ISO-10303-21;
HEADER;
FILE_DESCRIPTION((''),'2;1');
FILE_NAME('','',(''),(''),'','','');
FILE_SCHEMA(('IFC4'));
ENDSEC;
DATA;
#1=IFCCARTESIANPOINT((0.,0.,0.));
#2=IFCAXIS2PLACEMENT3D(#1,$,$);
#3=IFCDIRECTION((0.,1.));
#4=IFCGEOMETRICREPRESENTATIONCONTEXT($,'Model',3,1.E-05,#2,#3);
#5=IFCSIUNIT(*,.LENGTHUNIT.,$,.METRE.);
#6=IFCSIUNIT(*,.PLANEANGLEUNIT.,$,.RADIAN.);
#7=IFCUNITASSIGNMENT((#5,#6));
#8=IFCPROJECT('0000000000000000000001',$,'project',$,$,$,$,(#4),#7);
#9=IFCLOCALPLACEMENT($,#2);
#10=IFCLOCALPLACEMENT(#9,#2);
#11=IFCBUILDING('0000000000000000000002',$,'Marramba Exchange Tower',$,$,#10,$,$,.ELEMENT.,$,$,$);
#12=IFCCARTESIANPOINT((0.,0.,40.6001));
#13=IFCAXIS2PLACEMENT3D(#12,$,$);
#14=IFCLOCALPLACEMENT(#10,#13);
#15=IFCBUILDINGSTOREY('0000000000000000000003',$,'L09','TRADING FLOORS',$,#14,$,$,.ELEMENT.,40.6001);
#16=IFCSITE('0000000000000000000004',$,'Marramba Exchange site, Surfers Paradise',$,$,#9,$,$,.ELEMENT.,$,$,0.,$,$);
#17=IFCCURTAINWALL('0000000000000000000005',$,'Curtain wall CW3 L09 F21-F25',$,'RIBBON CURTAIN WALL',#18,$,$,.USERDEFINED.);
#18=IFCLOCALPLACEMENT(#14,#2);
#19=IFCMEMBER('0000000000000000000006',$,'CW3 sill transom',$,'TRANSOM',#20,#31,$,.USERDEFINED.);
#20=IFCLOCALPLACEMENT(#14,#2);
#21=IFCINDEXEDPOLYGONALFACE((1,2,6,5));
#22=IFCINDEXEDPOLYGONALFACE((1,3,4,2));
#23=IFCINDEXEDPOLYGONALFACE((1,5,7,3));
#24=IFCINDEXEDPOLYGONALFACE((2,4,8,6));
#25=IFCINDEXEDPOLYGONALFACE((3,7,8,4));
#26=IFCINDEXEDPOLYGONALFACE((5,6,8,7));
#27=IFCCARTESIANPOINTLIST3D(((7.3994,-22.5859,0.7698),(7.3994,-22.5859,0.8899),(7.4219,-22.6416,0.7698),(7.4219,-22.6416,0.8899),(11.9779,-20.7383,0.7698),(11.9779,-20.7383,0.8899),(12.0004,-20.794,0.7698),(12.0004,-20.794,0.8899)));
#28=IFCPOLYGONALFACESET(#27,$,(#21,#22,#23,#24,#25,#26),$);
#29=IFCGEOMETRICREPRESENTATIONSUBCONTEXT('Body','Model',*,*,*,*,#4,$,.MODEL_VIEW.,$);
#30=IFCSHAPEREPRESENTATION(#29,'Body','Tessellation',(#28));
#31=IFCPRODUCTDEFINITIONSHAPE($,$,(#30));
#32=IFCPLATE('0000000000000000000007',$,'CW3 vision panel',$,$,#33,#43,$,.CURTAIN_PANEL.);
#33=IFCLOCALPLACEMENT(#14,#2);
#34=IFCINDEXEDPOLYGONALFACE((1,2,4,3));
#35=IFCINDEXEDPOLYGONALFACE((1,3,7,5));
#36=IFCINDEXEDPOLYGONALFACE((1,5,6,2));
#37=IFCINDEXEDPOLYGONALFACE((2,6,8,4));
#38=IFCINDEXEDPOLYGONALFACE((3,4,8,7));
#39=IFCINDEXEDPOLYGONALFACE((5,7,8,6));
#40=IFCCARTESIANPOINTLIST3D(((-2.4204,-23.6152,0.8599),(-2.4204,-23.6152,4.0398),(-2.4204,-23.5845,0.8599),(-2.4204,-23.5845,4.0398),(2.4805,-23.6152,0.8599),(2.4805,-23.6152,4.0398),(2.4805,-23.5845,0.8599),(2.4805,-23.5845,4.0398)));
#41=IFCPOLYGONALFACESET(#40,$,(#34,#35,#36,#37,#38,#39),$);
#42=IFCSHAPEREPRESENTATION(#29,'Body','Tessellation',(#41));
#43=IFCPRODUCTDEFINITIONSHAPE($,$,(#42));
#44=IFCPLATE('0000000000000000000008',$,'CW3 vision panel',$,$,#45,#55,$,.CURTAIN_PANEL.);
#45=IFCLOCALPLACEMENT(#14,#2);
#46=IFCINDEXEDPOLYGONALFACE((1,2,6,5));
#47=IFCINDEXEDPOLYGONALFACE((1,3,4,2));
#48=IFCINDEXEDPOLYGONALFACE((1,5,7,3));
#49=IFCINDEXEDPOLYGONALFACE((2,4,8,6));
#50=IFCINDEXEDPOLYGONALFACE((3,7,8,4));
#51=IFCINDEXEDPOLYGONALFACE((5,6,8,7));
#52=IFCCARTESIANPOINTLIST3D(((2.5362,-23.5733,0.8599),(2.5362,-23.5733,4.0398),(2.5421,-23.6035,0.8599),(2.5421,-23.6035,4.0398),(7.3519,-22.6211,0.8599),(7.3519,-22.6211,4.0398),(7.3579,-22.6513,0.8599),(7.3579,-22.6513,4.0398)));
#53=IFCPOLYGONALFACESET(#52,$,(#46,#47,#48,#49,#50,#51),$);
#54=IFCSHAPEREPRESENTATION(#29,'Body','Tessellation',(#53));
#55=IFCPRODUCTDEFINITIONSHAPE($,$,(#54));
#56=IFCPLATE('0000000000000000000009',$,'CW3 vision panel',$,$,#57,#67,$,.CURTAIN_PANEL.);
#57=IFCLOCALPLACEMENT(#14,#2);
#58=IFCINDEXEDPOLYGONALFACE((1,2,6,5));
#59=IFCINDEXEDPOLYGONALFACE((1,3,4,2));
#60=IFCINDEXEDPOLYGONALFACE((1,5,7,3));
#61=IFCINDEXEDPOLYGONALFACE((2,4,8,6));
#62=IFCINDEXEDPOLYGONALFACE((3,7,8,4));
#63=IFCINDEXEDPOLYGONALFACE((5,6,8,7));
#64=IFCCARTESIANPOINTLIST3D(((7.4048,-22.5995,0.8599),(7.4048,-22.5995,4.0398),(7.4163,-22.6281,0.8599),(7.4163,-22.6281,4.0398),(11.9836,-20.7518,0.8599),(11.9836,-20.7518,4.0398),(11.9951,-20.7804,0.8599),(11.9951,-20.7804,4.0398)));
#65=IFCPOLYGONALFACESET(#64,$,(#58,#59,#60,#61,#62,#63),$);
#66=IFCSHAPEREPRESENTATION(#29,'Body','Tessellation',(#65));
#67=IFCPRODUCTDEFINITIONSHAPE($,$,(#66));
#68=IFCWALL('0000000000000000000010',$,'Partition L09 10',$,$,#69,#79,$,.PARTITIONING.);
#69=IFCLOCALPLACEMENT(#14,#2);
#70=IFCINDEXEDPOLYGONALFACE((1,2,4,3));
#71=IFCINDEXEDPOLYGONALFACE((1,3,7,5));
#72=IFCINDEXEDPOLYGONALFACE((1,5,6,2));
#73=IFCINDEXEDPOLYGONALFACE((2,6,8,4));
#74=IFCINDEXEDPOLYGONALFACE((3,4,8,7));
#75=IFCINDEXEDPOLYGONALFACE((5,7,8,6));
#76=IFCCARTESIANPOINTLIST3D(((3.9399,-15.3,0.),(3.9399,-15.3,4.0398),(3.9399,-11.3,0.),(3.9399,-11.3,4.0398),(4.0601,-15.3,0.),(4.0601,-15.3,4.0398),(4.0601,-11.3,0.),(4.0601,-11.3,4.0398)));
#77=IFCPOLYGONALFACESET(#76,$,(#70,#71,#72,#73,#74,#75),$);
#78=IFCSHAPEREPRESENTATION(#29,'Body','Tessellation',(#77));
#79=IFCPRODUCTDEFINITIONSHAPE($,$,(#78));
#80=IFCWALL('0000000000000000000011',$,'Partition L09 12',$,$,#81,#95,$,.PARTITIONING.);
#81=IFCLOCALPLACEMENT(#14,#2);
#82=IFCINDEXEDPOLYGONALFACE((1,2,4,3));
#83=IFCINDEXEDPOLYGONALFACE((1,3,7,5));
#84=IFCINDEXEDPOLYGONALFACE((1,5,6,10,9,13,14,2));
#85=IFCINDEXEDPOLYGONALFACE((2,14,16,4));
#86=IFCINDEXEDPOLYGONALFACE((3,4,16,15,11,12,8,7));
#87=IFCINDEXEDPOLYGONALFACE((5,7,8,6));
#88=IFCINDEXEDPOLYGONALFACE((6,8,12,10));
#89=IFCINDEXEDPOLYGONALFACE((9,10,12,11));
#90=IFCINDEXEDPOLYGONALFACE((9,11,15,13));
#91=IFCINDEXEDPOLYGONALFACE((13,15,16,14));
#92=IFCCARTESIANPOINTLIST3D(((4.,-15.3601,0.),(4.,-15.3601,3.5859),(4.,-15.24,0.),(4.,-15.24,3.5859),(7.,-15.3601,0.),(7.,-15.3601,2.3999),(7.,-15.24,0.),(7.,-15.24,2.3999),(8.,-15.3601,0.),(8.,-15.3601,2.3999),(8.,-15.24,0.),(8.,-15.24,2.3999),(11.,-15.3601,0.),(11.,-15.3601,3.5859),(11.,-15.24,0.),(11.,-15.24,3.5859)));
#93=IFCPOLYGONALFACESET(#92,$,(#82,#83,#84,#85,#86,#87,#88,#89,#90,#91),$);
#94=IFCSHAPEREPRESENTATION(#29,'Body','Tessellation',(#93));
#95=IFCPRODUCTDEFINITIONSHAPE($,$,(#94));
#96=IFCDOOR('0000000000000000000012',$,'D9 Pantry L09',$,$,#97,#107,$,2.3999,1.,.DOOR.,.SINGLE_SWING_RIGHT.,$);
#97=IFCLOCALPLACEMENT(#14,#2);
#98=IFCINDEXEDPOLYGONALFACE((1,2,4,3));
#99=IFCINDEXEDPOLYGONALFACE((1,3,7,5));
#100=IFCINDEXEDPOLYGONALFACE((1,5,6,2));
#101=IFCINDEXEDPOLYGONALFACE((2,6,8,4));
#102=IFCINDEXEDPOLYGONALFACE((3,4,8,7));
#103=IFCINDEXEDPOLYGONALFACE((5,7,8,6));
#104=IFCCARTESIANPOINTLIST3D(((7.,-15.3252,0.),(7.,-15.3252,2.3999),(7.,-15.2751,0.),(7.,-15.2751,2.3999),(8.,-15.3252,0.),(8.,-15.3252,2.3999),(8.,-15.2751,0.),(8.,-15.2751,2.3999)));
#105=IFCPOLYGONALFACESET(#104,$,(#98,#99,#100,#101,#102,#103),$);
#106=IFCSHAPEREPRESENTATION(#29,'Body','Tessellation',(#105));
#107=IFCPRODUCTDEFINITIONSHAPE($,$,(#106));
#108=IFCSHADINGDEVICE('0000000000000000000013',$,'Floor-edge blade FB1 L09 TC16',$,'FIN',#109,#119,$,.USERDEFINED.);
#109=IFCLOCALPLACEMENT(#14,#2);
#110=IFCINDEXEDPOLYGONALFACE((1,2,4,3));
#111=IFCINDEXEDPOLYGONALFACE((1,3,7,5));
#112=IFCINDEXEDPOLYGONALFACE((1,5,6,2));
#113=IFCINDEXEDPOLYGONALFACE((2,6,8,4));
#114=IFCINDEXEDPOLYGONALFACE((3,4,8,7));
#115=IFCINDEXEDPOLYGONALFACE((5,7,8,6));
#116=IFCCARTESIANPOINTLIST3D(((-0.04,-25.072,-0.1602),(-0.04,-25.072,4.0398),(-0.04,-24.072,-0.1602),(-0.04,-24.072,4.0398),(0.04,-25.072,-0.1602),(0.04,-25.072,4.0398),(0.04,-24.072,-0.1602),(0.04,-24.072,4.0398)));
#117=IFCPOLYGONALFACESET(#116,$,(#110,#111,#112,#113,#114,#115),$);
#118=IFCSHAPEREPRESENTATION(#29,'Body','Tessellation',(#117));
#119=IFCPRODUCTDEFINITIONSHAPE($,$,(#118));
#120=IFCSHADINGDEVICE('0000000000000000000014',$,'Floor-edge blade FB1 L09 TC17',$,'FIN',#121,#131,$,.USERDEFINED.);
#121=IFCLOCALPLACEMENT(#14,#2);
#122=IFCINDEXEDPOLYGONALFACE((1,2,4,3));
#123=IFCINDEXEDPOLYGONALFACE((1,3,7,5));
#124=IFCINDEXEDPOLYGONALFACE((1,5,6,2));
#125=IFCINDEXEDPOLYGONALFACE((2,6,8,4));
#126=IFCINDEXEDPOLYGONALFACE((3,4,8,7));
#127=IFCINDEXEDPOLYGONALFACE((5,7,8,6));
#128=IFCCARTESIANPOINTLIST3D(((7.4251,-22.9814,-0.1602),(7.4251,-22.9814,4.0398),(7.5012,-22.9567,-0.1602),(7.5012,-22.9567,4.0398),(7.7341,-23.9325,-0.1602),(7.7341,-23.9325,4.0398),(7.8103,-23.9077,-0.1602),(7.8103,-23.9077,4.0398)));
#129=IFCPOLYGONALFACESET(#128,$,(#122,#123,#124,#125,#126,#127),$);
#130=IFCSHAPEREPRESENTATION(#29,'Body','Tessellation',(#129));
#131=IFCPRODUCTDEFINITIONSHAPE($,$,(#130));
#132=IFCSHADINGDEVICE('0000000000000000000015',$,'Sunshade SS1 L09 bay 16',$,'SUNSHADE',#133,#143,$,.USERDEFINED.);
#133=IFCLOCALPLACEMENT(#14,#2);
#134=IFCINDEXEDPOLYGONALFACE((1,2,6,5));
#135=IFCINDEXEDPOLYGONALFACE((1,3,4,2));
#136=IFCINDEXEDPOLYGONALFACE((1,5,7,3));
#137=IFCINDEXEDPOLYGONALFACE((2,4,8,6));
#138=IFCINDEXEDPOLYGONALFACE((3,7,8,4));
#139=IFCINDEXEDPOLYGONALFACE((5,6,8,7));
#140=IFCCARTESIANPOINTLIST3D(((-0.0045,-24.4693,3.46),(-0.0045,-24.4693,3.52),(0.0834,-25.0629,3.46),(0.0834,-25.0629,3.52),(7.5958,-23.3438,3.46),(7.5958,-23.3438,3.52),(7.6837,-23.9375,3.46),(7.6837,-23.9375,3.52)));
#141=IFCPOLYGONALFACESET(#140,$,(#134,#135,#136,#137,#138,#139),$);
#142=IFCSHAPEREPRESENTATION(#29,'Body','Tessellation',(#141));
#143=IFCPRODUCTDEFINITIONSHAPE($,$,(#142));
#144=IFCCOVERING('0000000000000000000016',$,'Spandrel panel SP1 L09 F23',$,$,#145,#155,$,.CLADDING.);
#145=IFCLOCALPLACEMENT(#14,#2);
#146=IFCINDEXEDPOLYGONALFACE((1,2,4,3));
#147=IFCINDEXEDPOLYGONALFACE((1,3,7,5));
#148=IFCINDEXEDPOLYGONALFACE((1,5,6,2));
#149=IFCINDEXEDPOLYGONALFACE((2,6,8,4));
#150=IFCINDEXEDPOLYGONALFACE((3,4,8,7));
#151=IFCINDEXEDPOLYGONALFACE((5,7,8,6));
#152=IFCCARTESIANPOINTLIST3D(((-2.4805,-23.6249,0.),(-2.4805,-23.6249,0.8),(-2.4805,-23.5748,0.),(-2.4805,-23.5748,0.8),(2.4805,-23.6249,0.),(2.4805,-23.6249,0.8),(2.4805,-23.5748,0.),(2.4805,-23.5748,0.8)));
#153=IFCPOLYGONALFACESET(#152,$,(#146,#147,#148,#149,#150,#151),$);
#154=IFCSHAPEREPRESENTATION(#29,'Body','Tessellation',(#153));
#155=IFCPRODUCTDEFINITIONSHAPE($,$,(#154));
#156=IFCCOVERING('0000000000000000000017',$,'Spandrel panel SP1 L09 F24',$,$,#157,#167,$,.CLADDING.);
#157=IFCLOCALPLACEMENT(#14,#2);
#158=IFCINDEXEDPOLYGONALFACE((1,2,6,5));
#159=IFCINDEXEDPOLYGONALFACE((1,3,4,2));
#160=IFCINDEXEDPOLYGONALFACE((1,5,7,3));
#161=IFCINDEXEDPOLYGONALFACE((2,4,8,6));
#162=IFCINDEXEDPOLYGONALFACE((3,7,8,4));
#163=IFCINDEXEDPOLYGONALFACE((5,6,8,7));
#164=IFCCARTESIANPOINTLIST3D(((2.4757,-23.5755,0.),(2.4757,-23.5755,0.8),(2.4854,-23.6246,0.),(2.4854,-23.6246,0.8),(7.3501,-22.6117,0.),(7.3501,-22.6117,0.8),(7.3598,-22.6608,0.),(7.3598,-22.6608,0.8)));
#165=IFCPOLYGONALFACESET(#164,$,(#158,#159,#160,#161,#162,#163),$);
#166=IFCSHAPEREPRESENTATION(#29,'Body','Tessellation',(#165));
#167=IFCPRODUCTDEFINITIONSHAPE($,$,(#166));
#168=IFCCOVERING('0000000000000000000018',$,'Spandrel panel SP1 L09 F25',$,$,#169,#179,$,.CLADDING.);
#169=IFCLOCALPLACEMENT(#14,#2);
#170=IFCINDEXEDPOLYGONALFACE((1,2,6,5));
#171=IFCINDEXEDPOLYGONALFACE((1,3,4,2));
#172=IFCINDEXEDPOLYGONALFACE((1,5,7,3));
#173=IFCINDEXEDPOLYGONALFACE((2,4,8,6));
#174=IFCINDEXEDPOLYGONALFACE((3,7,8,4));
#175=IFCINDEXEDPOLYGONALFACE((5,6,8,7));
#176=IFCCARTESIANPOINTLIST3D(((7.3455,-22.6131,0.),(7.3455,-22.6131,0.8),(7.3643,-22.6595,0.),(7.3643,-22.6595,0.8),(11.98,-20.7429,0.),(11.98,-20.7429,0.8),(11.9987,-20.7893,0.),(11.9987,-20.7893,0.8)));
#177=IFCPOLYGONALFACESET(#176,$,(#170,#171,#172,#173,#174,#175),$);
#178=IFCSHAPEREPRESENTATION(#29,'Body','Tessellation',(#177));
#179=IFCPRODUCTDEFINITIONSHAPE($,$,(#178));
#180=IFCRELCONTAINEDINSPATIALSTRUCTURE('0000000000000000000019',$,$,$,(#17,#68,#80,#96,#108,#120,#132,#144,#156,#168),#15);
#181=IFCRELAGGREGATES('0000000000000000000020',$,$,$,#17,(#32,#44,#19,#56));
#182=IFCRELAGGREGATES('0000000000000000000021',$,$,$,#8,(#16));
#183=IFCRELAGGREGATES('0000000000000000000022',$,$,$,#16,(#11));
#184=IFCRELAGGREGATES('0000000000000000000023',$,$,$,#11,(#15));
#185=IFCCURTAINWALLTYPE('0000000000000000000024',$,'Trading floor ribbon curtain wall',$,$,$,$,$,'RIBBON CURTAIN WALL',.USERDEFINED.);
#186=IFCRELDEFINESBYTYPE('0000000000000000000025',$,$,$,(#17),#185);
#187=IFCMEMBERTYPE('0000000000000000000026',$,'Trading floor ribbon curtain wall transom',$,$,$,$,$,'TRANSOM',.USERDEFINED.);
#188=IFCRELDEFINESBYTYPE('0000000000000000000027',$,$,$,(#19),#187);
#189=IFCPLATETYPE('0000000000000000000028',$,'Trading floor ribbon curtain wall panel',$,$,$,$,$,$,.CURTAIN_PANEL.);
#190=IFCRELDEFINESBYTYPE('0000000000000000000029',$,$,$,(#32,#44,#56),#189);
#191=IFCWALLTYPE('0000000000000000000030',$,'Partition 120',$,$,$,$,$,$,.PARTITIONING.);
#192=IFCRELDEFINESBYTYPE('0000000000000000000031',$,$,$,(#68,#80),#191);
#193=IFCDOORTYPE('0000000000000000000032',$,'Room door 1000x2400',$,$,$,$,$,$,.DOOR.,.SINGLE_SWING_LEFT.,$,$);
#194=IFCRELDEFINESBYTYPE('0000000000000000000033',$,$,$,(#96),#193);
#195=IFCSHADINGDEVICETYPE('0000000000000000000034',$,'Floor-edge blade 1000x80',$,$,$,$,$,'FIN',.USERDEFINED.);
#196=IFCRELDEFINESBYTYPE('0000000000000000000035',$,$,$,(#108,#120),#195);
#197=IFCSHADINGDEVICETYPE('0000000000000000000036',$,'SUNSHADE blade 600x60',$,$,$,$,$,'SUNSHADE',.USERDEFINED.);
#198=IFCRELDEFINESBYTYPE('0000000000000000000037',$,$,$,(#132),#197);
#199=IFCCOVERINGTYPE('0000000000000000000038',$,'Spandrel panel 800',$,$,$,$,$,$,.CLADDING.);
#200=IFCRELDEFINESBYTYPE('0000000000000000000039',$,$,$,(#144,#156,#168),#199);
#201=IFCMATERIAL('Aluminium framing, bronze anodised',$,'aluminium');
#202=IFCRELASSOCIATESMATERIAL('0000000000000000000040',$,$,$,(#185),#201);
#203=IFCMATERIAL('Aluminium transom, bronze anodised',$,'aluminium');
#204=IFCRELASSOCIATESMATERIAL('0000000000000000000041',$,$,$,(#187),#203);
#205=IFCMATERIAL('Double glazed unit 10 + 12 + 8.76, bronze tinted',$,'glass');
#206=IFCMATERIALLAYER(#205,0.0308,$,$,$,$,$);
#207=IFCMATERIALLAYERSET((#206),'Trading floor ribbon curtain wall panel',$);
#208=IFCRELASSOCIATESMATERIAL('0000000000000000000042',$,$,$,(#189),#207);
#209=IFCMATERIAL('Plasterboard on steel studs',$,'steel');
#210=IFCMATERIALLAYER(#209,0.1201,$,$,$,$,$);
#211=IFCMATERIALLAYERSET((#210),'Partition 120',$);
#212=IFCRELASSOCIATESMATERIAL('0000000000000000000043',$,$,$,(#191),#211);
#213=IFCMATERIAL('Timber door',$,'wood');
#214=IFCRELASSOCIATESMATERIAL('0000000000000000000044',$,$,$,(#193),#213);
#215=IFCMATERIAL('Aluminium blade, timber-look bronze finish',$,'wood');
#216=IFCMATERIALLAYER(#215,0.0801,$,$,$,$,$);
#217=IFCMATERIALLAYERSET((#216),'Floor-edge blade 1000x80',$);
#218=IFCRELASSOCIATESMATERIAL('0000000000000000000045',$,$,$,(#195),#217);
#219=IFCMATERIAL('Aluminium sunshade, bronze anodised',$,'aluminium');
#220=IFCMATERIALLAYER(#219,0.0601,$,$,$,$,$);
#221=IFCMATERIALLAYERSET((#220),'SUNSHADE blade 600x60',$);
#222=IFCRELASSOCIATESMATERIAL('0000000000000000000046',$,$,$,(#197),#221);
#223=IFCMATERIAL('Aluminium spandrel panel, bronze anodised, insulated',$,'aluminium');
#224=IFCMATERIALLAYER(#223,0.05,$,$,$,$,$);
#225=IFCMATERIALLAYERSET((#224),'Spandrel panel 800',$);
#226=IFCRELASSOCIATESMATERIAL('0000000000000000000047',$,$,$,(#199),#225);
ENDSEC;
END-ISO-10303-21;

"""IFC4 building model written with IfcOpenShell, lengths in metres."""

from ifc_helpers import new_model, si_unit, direction, frame, frame_2d, origin, origin_2d, place, context, subcontext, project, spatial, rectangle, extrude, material, layer, layer_set, material_profile, profile_set, type_object, element, fill, aggregate, save


model = new_model("IFC4")

# Units and contexts
model_context = context("Model", 3, precision=1e-05, world=origin(), true_north=direction((0.0, 1.0)))
body_context = subcontext(model_context, "Body", "Model", "MODEL_VIEW")
ifc_project = project(units=[si_unit("LENGTHUNIT", "METRE"), si_unit("PLANEANGLEUNIT", "RADIAN")], contexts=[model_context])

# Site, building, storey
site_placement = place(None, origin())
site = spatial("IfcSite", under=ifc_project, at=site_placement, Name="Marramba Exchange site, Surfers Paradise", CompositionType="ELEMENT", RefElevation=0.0)
building_placement = place(site_placement, origin())
building = spatial("IfcBuilding", under=site, at=building_placement, Name="Marramba Exchange Tower", CompositionType="ELEMENT")
storey_placement = place(building_placement, frame((0.0, 0.0, 40.6001)))
storey = spatial("IfcBuildingStorey", under=building, at=storey_placement, Name="L09", Description="TRADING FLOORS", CompositionType="ELEMENT", Elevation=40.6001)

# Curtain wall, member, plates
ifc_material_1 = material(Name="Aluminium framing, bronze anodised", Category="aluminium")
curtain_wall_type = type_object("IfcCurtainWallType", Name="Trading floor ribbon curtain wall", ElementType="RIBBON CURTAIN WALL", PredefinedType="USERDEFINED", material=ifc_material_1)
curtain_wall_placement = place(storey_placement, origin())
curtain_wall = element("IfcCurtainWall", 1, at=curtain_wall_placement, inside=storey, type_object=curtain_wall_type, Name="Curtain wall CW3 L09 F21-F25", ObjectType="RIBBON CURTAIN WALL", PredefinedType="USERDEFINED")
ifc_material_2 = material(Name="Aluminium transom, bronze anodised", Category="aluminium")
ifc_material_profile_1 = material_profile(ifc_material_2, rectangle(XDim=0.0601, YDim=0.1201, at=origin_2d()), Name="CW3 transom 60x120")
ifc_profile_set_1 = profile_set([ifc_material_profile_1], Name="Aluminium transom, bronze anodised")
member_type_1 = type_object("IfcMemberType", Name="Trading floor ribbon curtain wall transom", ElementType="TRANSOM", PredefinedType="USERDEFINED", material=ifc_profile_set_1)
member_1_placement = place(storey_placement, frame((7.4106, -22.6138, 0.8298), z_axis=(0.92734, 0.374219, 0.0), x_axis=(-0.374219, 0.92734, 0.0)))
member_1 = element("IfcMember", 2, at=member_1_placement, type_object=member_type_1, Name="CW3 sill transom", ObjectType="TRANSOM", PredefinedType="USERDEFINED", context=body_context, shape_type="SweptSolid", body=[
    extrude(rectangle(XDim=0.0601, YDim=0.1201, at=origin_2d()), origin(), (0.0, 0.0, 1.0), 4.9373),
])
ifc_material_3 = material(Name="Double glazed unit 10 + 12 + 8.76, bronze tinted", Category="glass")
ifc_layer_1 = layer(ifc_material_3, 0.0308)
ifc_layer_set_1 = layer_set([ifc_layer_1], Name="Trading floor ribbon curtain wall panel")
plate_type = type_object("IfcPlateType", Name="Trading floor ribbon curtain wall panel", PredefinedType="CURTAIN_PANEL", material=ifc_layer_set_1)
plate_1_placement = place(storey_placement, frame((0.03, -23.5999, 0.8599), z_axis=(0.0, 0.0, 1.0), x_axis=(1.0, 0.0, 0.0)))
plate_1 = element("IfcPlate", 3, at=plate_1_placement, type_object=plate_type, Name="CW3 vision panel", PredefinedType="CURTAIN_PANEL", context=body_context, shape_type="SweptSolid", body=[
    extrude(rectangle(XDim=4.9009, YDim=0.0308, at=origin_2d()), origin(), (0.0, 0.0, 1.0), 3.1799),
])
plate_2_placement = place(storey_placement, frame((4.947, -23.1123, 0.8599), z_axis=(0.0, 0.0, 1.0), x_axis=(0.981009, 0.193961, 0.0)))
plate_2 = element("IfcPlate", 4, at=plate_2_placement, type_object=plate_type, Name="CW3 vision panel", PredefinedType="CURTAIN_PANEL", context=body_context, shape_type="SweptSolid", body=[
    extrude(rectangle(XDim=4.9089, YDim=0.0308, at=origin_2d()), origin(), (0.0, 0.0, 1.0), 3.1799),
])
plate_3_placement = place(storey_placement, frame((9.7, -21.6899, 0.8599), z_axis=(0.0, 0.0, 1.0), x_axis=(0.927341, 0.374218, 0.0)))
plate_3 = element("IfcPlate", 5, at=plate_3_placement, type_object=plate_type, Name="CW3 vision panel", PredefinedType="CURTAIN_PANEL", context=body_context, shape_type="SweptSolid", body=[
    extrude(rectangle(XDim=4.9375, YDim=0.0308, at=origin_2d()), origin(), (0.0, 0.0, 1.0), 3.1799),
])
aggregate(curtain_wall, [plate_1, plate_2, member_1, plate_3])

# Wall
ifc_material_4 = material(Name="Plasterboard on steel studs", Category="steel")
ifc_layer_2 = layer(ifc_material_4, 0.1201)
ifc_layer_set_2 = layer_set([ifc_layer_2], Name="Partition 120")
wall_type = type_object("IfcWallType", Name="Partition 120", PredefinedType="PARTITIONING", material=ifc_layer_set_2)
wall_1_placement = place(storey_placement, frame((4.0, -11.3, 0.0), z_axis=(0.0, 0.0, 1.0), x_axis=(0.0, -1.0, 0.0)))
element("IfcWall", 6, at=wall_1_placement, inside=storey, type_object=wall_type, Name="Partition L09 10", PredefinedType="PARTITIONING", context=body_context, shape_type="SweptSolid", body=[
    extrude(rectangle(XDim=4.0, YDim=0.1201, at=frame_2d((2.0, 0.0))), origin(), (0.0, 0.0, 1.0), 4.0398),
])

# Wall, opening, door
wall_2_placement = place(storey_placement, frame((4.0, -15.3, 0.0), z_axis=(0.0, 0.0, 1.0), x_axis=(1.0, 0.0, 0.0)))
wall_2 = element("IfcWall", 7, at=wall_2_placement, inside=storey, type_object=wall_type, Name="Partition L09 12", PredefinedType="PARTITIONING", context=body_context, shape_type="SweptSolid", body=[
    extrude(rectangle(XDim=7.0, YDim=0.1201, at=frame_2d((3.5, 0.0))), origin(), (0.0, 0.0, 1.0), 3.5859),
])
opening_placement = place(wall_2_placement, frame((3.0, 0.0, 0.0)))
opening = element("IfcOpeningElement", 8, at=opening_placement, cuts=wall_2, PredefinedType="OPENING", context=body_context, shape_type="SweptSolid", body=[
    extrude(rectangle(XDim=1.0, YDim=2.3999, at=frame_2d((0.5, 1.2))), frame((0.0, 0.0701, 0.0), z_axis=(0.0, -1.0, 0.0), x_axis=(1.0, 0.0, 0.0)), (0.0, 0.0, 1.0), 0.1401),
])
ifc_material_5 = material(Name="Timber door", Category="wood")
door_type = type_object("IfcDoorType", Name="Room door 1000x2400", OperationType="SINGLE_SWING_LEFT", PredefinedType="DOOR", material=ifc_material_5)
door_placement = place(opening_placement, origin())
door = element("IfcDoor", 9, at=door_placement, inside=storey, type_object=door_type, Name="D9 Pantry L09", OperationType="SINGLE_SWING_RIGHT", OverallHeight=2.3999, OverallWidth=1.0, PredefinedType="DOOR", context=body_context, shape_type="SweptSolid", body=[
    extrude(rectangle(XDim=1.0, YDim=2.3999, at=frame_2d((0.5, 1.2))), frame((0.0, 0.0249, 0.0), z_axis=(0.0, -1.0, 0.0), x_axis=(1.0, 0.0, 0.0)), (0.0, 0.0, 1.0), 0.05),
])
fill(opening, door)

# Shading devices
ifc_material_6 = material(Name="Aluminium blade, timber-look bronze finish", Category="wood")
ifc_layer_3 = layer(ifc_material_6, 0.0801)
ifc_layer_set_3 = layer_set([ifc_layer_3], Name="Floor-edge blade 1000x80")
shading_device_type_1 = type_object("IfcShadingDeviceType", Name="Floor-edge blade 1000x80", ElementType="FIN", PredefinedType="USERDEFINED", material=ifc_layer_set_3)
for number, where, z_axis, x_axis, name in (
    (10, (0.0, -24.572, -0.1602), (0.0, 0.0, 1.0), (0.0, -1.0, 0.0), "Floor-edge blade FB1 L09 TC16"),
    (11, (7.6177, -23.4446, -0.1602), (0.0, 0.0, 1.0), (0.309017, -0.951057, 0.0), "Floor-edge blade FB1 L09 TC17"),
):
    element("IfcShadingDevice", number, at=place(storey_placement, frame(where, z_axis=z_axis, x_axis=x_axis)), inside=storey, type_object=shading_device_type_1, Name=name, ObjectType="FIN", PredefinedType="USERDEFINED", context=body_context, shape_type="SweptSolid", body=[
        extrude(rectangle(XDim=1.0, YDim=0.0801, at=origin_2d()), origin(), (0.0, 0.0, 1.0), 4.2),
    ])
ifc_material_7 = material(Name="Aluminium sunshade, bronze anodised", Category="aluminium")
ifc_layer_4 = layer(ifc_material_7, 0.0601)
ifc_layer_set_4 = layer_set([ifc_layer_4], Name="SUNSHADE blade 600x60")
shading_device_type_2 = type_object("IfcShadingDeviceType", Name="SUNSHADE blade 600x60", ElementType="SUNSHADE", PredefinedType="USERDEFINED", material=ifc_layer_set_4)
shading_device_placement = place(storey_placement, frame((3.8396, -24.2034, 3.46), z_axis=(0.0, 0.0, 1.0), x_axis=(0.989213, 0.146485, 0.0)))
element("IfcShadingDevice", 12, at=shading_device_placement, inside=storey, type_object=shading_device_type_2, Name="Sunshade SS1 L09 bay 16", ObjectType="SUNSHADE", PredefinedType="USERDEFINED", context=body_context, shape_type="SweptSolid", body=[
    extrude(rectangle(XDim=7.6831, YDim=0.6001, at=origin_2d()), origin(), (0.0, 0.0, 1.0), 0.0601),
])

# Coverings
ifc_material_8 = material(Name="Aluminium spandrel panel, bronze anodised, insulated", Category="aluminium")
ifc_layer_5 = layer(ifc_material_8, 0.05)
ifc_layer_set_5 = layer_set([ifc_layer_5], Name="Spandrel panel 800")
covering_type = type_object("IfcCoveringType", Name="Spandrel panel 800", PredefinedType="CLADDING", material=ifc_layer_set_5)
covering_1_placement = place(storey_placement, frame((0.0, -23.5999, 0.0), z_axis=(0.0, 0.0, 1.0), x_axis=(1.0, 0.0, 0.0)))
element("IfcCovering", 13, at=covering_1_placement, inside=storey, type_object=covering_type, Name="Spandrel panel SP1 L09 F23", PredefinedType="CLADDING", context=body_context, shape_type="SweptSolid", body=[
    extrude(rectangle(XDim=4.9609, YDim=0.05, at=origin_2d()), origin(), (0.0, 0.0, 1.0), 0.8),
])
covering_2_placement = place(storey_placement, frame((4.9177, -23.1182, 0.0), z_axis=(0.0, 0.0, 1.0), x_axis=(0.981009, 0.193961, 0.0)))
element("IfcCovering", 14, at=covering_2_placement, inside=storey, type_object=covering_type, Name="Spandrel panel SP1 L09 F24", PredefinedType="CLADDING", context=body_context, shape_type="SweptSolid", body=[
    extrude(rectangle(XDim=4.9688, YDim=0.05, at=origin_2d()), origin(), (0.0, 0.0, 1.0), 0.8),
])
covering_3_placement = place(storey_placement, frame((9.6721, -21.7012, 0.0), z_axis=(0.0, 0.0, 1.0), x_axis=(0.927341, 0.374218, 0.0)))
element("IfcCovering", 15, at=covering_3_placement, inside=storey, type_object=covering_type, Name="Spandrel panel SP1 L09 F25", PredefinedType="CLADDING", context=body_context, shape_type="SweptSolid", body=[
    extrude(rectangle(XDim=4.9976, YDim=0.05, at=origin_2d()), origin(), (0.0, 0.0, 1.0), 0.8),
])

save(model, "model.ifc")
